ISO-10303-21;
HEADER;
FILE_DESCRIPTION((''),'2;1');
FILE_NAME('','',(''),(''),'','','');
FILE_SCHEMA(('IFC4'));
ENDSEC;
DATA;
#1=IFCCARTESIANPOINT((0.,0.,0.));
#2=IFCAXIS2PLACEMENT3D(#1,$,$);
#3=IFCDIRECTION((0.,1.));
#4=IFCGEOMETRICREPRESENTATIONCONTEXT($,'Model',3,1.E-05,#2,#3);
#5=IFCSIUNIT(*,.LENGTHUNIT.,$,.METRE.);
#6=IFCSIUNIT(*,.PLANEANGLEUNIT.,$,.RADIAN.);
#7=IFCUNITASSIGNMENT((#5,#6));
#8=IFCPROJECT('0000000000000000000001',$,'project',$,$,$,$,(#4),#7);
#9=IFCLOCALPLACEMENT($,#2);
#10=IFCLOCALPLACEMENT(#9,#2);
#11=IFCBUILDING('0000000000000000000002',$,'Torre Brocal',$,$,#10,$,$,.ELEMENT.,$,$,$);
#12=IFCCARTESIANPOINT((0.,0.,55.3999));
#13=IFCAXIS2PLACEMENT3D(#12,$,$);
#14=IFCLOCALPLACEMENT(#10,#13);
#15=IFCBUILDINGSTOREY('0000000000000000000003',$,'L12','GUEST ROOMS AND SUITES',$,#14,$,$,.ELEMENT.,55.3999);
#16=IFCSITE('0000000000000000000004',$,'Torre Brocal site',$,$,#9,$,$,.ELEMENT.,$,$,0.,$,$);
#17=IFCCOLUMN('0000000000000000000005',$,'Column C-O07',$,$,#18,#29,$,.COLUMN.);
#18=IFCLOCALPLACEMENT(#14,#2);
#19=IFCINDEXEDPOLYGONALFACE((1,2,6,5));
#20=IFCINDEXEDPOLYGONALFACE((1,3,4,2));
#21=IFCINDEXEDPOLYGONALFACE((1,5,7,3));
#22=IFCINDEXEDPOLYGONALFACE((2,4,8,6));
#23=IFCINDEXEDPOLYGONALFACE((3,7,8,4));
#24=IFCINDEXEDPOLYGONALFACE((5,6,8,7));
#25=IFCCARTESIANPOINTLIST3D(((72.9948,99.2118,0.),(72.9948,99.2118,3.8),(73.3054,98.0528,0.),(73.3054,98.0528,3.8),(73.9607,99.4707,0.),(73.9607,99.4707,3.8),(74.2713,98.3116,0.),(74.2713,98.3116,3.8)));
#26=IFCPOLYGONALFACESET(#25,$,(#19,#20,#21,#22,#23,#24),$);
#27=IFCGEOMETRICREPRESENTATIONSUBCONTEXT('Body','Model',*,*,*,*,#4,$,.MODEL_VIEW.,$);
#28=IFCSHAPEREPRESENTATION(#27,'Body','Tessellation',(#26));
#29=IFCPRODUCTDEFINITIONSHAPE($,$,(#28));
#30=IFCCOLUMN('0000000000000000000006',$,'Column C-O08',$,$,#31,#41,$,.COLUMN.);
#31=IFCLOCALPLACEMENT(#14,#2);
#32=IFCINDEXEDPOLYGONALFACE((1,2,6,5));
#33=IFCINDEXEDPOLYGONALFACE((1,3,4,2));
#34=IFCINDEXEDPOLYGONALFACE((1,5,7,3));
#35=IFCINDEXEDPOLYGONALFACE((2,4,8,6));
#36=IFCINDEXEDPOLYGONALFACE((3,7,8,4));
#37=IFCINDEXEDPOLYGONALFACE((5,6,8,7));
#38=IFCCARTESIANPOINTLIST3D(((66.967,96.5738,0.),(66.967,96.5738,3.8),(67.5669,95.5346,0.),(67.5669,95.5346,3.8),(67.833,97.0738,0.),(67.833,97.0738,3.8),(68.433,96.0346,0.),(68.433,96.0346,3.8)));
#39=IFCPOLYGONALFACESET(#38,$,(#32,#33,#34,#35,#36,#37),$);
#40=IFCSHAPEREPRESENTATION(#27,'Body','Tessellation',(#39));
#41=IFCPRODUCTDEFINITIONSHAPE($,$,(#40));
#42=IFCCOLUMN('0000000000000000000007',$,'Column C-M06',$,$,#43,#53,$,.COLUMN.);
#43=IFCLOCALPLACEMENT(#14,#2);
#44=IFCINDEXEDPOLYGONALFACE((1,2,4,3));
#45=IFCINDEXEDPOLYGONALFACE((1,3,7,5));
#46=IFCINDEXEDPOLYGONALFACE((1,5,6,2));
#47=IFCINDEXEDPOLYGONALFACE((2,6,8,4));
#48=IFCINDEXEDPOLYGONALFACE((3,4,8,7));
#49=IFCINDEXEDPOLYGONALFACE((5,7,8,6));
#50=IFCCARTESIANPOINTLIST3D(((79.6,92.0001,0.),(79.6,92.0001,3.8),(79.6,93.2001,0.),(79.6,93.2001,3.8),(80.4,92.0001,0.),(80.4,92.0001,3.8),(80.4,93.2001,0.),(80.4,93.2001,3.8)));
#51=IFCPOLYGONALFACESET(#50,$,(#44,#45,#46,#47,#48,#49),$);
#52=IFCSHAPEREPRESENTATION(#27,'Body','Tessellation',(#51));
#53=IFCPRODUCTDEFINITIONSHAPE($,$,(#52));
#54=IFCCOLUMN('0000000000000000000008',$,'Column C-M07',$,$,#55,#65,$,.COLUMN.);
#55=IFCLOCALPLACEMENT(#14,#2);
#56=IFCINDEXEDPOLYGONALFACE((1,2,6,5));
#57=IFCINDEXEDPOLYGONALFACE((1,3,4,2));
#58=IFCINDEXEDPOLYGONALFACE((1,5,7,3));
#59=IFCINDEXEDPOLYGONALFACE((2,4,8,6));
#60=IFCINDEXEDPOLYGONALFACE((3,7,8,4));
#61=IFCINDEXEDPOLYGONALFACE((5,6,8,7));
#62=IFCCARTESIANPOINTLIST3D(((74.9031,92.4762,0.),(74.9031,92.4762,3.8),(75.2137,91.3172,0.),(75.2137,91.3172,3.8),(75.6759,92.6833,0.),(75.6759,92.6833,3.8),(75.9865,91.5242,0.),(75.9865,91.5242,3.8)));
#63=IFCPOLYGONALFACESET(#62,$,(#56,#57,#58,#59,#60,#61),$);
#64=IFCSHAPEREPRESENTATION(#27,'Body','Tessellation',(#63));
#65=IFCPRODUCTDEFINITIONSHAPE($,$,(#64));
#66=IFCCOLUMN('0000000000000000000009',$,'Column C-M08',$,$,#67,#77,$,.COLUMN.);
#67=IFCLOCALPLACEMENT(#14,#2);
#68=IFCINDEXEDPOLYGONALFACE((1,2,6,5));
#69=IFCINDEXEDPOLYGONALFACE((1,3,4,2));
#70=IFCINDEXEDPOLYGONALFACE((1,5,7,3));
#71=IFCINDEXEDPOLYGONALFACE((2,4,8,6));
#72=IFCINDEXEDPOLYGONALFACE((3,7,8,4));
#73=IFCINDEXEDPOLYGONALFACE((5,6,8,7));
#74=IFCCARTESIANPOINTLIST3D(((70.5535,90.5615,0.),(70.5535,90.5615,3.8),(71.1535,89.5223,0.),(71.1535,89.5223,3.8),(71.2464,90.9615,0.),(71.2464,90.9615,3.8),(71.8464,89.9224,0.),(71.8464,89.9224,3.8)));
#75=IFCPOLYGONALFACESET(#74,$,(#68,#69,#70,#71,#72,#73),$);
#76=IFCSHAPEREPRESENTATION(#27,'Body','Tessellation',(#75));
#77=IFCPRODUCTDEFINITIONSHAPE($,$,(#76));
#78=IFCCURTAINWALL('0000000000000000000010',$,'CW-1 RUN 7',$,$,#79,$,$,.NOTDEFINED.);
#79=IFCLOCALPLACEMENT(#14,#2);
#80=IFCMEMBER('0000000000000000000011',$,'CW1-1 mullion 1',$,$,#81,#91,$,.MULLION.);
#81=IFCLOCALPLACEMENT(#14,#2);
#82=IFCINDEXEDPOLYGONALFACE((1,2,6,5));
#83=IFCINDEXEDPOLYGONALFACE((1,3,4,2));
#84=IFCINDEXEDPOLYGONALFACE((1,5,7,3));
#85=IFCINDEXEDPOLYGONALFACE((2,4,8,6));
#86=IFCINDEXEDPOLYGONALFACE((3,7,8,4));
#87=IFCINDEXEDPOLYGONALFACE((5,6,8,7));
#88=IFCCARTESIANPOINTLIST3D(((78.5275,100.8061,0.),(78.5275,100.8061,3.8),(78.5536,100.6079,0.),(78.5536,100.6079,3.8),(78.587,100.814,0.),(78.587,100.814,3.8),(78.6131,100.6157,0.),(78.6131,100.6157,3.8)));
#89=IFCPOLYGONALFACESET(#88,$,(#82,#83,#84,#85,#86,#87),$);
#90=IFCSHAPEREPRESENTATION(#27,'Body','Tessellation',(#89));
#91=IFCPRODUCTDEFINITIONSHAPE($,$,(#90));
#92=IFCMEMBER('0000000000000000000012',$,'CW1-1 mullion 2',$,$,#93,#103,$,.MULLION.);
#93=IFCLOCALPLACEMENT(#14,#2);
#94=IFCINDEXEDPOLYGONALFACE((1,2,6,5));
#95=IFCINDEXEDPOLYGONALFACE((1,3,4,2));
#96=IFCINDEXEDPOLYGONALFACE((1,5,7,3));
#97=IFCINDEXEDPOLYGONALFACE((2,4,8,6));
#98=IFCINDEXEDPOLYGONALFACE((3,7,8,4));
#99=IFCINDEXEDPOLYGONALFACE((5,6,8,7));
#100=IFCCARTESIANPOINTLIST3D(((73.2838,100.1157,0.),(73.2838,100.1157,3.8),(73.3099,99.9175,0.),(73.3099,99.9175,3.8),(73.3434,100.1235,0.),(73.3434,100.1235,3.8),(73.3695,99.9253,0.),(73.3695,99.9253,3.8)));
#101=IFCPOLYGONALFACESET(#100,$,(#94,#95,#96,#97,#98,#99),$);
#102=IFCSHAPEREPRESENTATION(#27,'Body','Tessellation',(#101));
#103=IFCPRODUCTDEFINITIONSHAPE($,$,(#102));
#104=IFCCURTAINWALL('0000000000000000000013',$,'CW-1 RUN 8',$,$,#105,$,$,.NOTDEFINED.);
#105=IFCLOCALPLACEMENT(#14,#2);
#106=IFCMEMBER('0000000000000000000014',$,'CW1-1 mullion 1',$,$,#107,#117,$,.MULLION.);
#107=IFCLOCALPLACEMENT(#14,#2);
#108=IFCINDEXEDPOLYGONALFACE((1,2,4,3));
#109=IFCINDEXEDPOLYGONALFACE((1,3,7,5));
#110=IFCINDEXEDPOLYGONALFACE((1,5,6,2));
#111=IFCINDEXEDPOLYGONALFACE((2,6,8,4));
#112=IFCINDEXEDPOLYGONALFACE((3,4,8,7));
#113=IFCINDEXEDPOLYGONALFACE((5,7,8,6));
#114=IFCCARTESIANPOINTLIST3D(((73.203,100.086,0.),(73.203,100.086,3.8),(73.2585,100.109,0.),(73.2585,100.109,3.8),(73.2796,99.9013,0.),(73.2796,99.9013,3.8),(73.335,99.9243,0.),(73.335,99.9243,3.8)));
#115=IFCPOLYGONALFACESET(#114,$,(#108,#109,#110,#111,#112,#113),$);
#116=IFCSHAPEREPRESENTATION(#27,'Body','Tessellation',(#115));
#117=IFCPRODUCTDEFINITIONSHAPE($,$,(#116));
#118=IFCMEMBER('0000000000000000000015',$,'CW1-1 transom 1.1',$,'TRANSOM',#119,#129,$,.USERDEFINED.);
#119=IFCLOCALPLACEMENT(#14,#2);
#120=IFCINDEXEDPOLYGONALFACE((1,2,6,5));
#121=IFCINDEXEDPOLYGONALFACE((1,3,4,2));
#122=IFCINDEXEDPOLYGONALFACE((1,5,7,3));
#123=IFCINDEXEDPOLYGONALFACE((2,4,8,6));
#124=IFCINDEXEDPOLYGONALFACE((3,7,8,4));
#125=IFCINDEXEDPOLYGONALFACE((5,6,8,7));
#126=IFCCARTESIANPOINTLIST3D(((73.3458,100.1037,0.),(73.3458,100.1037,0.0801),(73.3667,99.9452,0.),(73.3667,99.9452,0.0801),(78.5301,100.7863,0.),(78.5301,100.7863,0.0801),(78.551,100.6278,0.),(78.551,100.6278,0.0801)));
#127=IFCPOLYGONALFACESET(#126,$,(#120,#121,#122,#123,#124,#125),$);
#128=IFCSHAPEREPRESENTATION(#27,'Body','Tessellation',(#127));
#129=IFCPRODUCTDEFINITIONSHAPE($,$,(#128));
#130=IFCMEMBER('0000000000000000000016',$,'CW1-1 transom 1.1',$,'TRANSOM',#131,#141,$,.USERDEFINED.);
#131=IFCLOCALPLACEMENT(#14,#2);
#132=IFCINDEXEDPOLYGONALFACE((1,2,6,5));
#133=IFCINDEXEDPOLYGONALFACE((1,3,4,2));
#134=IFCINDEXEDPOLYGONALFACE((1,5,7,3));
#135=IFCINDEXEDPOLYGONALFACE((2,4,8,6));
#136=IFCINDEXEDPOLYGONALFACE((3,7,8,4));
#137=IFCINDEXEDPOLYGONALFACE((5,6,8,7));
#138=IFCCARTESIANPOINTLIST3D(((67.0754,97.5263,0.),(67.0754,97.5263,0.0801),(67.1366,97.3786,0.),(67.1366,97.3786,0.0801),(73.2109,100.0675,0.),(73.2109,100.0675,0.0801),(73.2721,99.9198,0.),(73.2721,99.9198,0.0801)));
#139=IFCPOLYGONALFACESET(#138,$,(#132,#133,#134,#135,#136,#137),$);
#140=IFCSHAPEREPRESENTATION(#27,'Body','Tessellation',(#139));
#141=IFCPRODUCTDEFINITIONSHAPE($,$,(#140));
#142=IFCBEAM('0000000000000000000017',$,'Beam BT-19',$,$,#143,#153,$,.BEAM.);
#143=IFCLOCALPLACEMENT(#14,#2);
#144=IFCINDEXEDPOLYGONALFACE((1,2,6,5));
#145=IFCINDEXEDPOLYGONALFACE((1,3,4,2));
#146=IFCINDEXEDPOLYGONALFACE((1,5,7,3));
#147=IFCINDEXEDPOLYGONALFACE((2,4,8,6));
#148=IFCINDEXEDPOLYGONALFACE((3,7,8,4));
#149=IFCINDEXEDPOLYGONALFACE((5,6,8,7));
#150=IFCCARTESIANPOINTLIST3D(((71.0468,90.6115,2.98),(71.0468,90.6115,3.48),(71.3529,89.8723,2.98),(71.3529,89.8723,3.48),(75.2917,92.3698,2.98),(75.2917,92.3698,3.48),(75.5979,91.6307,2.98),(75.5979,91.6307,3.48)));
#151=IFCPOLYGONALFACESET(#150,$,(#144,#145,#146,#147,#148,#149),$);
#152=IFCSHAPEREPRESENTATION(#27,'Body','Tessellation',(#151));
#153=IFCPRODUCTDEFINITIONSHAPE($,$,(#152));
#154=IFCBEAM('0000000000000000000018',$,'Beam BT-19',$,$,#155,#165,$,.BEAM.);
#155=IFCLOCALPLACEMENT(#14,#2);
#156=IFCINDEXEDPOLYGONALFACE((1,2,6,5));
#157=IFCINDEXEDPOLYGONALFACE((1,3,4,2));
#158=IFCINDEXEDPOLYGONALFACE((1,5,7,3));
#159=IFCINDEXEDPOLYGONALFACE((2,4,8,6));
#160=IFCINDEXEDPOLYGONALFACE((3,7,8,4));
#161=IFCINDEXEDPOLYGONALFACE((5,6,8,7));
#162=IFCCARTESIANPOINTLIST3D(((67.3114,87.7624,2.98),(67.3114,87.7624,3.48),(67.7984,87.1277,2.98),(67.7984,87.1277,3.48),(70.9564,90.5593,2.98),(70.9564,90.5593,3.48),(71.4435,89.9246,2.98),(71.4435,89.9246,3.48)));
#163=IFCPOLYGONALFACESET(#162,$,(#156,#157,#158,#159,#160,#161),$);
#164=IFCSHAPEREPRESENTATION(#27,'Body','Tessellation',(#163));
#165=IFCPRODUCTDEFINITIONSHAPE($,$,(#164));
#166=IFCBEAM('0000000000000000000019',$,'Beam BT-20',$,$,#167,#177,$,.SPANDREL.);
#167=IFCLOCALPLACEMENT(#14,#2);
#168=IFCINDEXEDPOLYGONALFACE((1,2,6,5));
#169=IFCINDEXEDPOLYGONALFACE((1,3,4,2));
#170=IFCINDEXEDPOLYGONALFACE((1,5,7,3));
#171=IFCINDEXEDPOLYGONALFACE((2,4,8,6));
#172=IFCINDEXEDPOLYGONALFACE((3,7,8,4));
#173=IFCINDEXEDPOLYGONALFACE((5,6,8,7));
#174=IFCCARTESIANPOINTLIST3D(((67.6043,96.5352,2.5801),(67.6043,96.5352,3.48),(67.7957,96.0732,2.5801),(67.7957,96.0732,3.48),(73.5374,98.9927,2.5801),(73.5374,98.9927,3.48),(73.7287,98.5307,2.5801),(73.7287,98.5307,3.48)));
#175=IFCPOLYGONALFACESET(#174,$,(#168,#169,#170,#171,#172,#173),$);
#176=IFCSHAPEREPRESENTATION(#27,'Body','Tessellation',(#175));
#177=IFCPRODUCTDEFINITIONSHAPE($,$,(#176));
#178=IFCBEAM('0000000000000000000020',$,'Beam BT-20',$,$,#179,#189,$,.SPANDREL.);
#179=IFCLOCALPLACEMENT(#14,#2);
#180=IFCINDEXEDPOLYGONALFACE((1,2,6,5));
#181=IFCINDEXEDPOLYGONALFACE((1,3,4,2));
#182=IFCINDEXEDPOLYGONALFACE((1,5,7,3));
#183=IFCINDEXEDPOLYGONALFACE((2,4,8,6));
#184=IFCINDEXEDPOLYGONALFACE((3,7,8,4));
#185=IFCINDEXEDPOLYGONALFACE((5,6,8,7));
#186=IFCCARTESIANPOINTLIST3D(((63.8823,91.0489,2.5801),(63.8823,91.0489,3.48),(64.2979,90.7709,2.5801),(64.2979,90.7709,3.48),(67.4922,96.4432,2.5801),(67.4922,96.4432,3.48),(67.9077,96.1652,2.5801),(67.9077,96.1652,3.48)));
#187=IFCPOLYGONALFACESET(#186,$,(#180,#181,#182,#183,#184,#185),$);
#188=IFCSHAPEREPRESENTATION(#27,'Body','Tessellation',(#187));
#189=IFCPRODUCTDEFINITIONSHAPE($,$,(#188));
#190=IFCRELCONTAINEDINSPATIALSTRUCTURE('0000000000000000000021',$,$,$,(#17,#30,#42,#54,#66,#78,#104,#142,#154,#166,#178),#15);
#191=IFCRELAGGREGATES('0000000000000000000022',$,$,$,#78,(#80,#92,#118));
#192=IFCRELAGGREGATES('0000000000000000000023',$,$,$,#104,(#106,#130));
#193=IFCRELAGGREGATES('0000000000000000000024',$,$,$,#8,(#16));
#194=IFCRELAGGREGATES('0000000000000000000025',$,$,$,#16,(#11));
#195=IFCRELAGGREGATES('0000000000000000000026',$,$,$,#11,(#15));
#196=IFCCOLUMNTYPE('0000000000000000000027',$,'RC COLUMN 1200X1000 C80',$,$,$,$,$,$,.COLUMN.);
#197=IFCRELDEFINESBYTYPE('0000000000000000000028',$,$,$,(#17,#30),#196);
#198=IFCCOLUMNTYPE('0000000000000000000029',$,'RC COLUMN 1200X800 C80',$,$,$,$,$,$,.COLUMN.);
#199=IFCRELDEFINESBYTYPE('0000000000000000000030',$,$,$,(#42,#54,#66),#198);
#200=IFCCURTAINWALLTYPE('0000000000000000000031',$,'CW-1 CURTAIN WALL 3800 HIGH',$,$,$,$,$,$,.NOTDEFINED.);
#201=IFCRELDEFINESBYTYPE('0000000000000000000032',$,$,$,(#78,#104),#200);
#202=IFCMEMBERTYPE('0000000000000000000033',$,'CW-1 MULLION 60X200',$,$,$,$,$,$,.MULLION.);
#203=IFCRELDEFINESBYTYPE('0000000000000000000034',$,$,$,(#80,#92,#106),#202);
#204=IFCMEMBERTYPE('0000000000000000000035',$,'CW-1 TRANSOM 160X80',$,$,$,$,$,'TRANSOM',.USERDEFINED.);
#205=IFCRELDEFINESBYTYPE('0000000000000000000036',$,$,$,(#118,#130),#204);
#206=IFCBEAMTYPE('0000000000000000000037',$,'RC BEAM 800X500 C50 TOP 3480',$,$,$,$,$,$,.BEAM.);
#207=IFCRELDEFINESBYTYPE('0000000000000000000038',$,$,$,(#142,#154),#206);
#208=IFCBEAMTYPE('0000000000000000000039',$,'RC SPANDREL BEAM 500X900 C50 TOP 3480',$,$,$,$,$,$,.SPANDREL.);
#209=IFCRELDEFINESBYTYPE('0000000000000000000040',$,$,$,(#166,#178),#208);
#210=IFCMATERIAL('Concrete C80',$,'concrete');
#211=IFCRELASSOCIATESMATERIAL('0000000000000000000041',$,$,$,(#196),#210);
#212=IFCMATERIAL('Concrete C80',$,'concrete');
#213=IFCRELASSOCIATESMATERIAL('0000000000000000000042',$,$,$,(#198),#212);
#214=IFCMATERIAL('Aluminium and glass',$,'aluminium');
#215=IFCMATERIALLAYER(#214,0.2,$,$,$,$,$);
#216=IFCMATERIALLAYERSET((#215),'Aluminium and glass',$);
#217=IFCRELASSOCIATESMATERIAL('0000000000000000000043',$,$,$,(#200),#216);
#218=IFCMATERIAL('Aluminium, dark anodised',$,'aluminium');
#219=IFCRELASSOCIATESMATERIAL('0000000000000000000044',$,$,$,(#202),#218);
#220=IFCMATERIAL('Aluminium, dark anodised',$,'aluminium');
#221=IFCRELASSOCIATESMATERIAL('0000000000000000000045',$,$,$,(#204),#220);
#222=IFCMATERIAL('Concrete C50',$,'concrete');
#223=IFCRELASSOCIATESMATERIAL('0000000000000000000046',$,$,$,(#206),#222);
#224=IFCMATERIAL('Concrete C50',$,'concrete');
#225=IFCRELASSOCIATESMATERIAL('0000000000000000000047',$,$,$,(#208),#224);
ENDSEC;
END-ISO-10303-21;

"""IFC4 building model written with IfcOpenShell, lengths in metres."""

from ifc_helpers import new_model, si_unit, direction, frame, origin, origin_2d, place, context, subcontext, project, spatial, rectangle, extrude, material, layer, layer_set, material_profile, profile_set, type_object, element, aggregate, save


model = new_model("IFC4")

# Units and contexts
model_context = context("Model", 3, precision=1e-05, world=origin(), true_north=direction((0.0, 1.0)))
body_context = subcontext(model_context, "Body", "Model", "MODEL_VIEW")
ifc_project = project(units=[si_unit("LENGTHUNIT", "METRE"), si_unit("PLANEANGLEUNIT", "RADIAN")], contexts=[model_context])

# Site, building, storey
site_placement = place(None, origin())
site = spatial("IfcSite", under=ifc_project, at=site_placement, Name="Torre Brocal site", CompositionType="ELEMENT", RefElevation=0.0)
building_placement = place(site_placement, origin())
building = spatial("IfcBuilding", under=site, at=building_placement, Name="Torre Brocal", CompositionType="ELEMENT")
storey_placement = place(building_placement, frame((0.0, 0.0, 55.3999)))
storey = spatial("IfcBuildingStorey", under=building, at=storey_placement, Name="L12", Description="GUEST ROOMS AND SUITES", CompositionType="ELEMENT", Elevation=55.3999)

# Columns
ifc_material_1 = material(Name="Concrete C80", Category="concrete")
ifc_material_profile_1 = material_profile(ifc_material_1, rectangle(XDim=1.2, YDim=1.0, at=origin_2d()), Name="RC 1200X1000")
ifc_profile_set_1 = profile_set([ifc_material_profile_1], Name="Concrete C80")
column_type_1 = type_object("IfcColumnType", Name="RC COLUMN 1200X1000 C80", PredefinedType="COLUMN", material=ifc_profile_set_1)
for number, where, z_axis, x_axis, name in (
    (1, (73.6331, 98.7617, 0.0), (0.0, 0.0, 1.0), (-0.258819, 0.965926, 0.0), "Column C-O07"),
    (2, (67.7, 96.3042, 0.0), (0.0, 0.0, 1.0), (-0.5, 0.866025, 0.0), "Column C-O08"),
):
    element("IfcColumn", number, at=place(storey_placement, frame(where, z_axis=z_axis, x_axis=x_axis)), inside=storey, type_object=column_type_1, Name=name, PredefinedType="COLUMN", context=body_context, shape_type="SweptSolid", body=[
        extrude(rectangle(XDim=1.2, YDim=1.0, at=origin_2d()), origin(), (0.0, 0.0, 1.0), 3.8),
    ])
ifc_material_2 = material(Name="Concrete C80", Category="concrete")
ifc_material_profile_2 = material_profile(ifc_material_2, rectangle(XDim=1.2, YDim=0.8, at=origin_2d()), Name="RC 1200X800")
ifc_profile_set_2 = profile_set([ifc_material_profile_2], Name="Concrete C80")
column_type_2 = type_object("IfcColumnType", Name="RC COLUMN 1200X800 C80", PredefinedType="COLUMN", material=ifc_profile_set_2)
for number, where, z_axis, x_axis, name in (
    (3, (80.0, 92.6001, 0.0), (0.0, 0.0, 1.0), (0.0, 1.0, 0.0), "Column C-M06"),
    (4, (75.4448, 92.0002, 0.0), (0.0, 0.0, 1.0), (-0.258819, 0.965926, 0.0), "Column C-M07"),
    (5, (71.2, 90.2419, 0.0), (0.0, 0.0, 1.0), (-0.5, 0.866025, 0.0), "Column C-M08"),
):
    element("IfcColumn", number, at=place(storey_placement, frame(where, z_axis=z_axis, x_axis=x_axis)), inside=storey, type_object=column_type_2, Name=name, PredefinedType="COLUMN", context=body_context, shape_type="SweptSolid", body=[
        extrude(rectangle(XDim=1.2, YDim=0.8, at=origin_2d()), origin(), (0.0, 0.0, 1.0), 3.8),
    ])

# Curtain wall, members
ifc_material_3 = material(Name="Aluminium and glass", Category="aluminium")
ifc_layer_1 = layer(ifc_material_3, 0.2)
ifc_layer_set_1 = layer_set([ifc_layer_1], Name="Aluminium and glass")
curtain_wall_type = type_object("IfcCurtainWallType", Name="CW-1 CURTAIN WALL 3800 HIGH", PredefinedType="NOTDEFINED", material=ifc_layer_set_1)
curtain_wall_1_placement = place(storey_placement, origin())
curtain_wall_1 = element("IfcCurtainWall", 6, at=curtain_wall_1_placement, inside=storey, type_object=curtain_wall_type, Name="CW-1 RUN 7", PredefinedType="NOTDEFINED")
ifc_material_4 = material(Name="Aluminium, dark anodised", Category="aluminium")
ifc_material_profile_3 = material_profile(ifc_material_4, rectangle(XDim=0.2, YDim=0.0601, at=origin_2d()), Name="CW-1 MULLION 60X200")
ifc_profile_set_3 = profile_set([ifc_material_profile_3], Name="Aluminium, dark anodised")
member_type_1 = type_object("IfcMemberType", Name="CW-1 MULLION 60X200", PredefinedType="MULLION", material=ifc_profile_set_3)
member_1_placement = place(storey_placement, frame((78.5703, 100.7109, 0.0), z_axis=(0.0, 0.0, 1.0), x_axis=(0.130526, -0.991445, 0.0)))
member_1 = element("IfcMember", 7, at=member_1_placement, type_object=member_type_1, Name="CW1-1 mullion 1", PredefinedType="MULLION", context=body_context, shape_type="SweptSolid", body=[
    extrude(rectangle(XDim=0.2, YDim=0.0601, at=origin_2d()), origin(), (0.0, 0.0, 1.0), 3.8),
])
member_2_placement = place(storey_placement, frame((73.3267, 100.0205, 0.0), z_axis=(0.0, 0.0, 1.0), x_axis=(0.130526, -0.991445, 0.0)))
member_2 = element("IfcMember", 8, at=member_2_placement, type_object=member_type_1, Name="CW1-1 mullion 2", PredefinedType="MULLION", context=body_context, shape_type="SweptSolid", body=[
    extrude(rectangle(XDim=0.2, YDim=0.0601, at=origin_2d()), origin(), (0.0, 0.0, 1.0), 3.8),
])

# Curtain wall, member
curtain_wall_2_placement = place(storey_placement, origin())
curtain_wall_2 = element("IfcCurtainWall", 9, at=curtain_wall_2_placement, inside=storey, type_object=curtain_wall_type, Name="CW-1 RUN 8", PredefinedType="NOTDEFINED")
member_3_placement = place(storey_placement, frame((73.269, 100.0051, 0.0), z_axis=(0.0, 0.0, 1.0), x_axis=(0.382683, -0.92388, 0.0)))
member_3 = element("IfcMember", 10, at=member_3_placement, type_object=member_type_1, Name="CW1-1 mullion 1", PredefinedType="MULLION", context=body_context, shape_type="SweptSolid", body=[
    extrude(rectangle(XDim=0.2, YDim=0.0601, at=origin_2d()), origin(), (0.0, 0.0, 1.0), 3.8),
])

# Members
ifc_material_5 = material(Name="Aluminium, dark anodised", Category="aluminium")
ifc_material_profile_4 = material_profile(ifc_material_5, rectangle(XDim=0.1599, YDim=0.0801, at=origin_2d()), Name="CW-1 TRANSOM 160X80")
ifc_profile_set_4 = profile_set([ifc_material_profile_4], Name="Aluminium, dark anodised")
member_type_2 = type_object("IfcMemberType", Name="CW-1 TRANSOM 160X80", ElementType="TRANSOM", PredefinedType="USERDEFINED", material=ifc_profile_set_4)
member_4_placement = place(storey_placement, frame((78.5405, 100.707, 0.04), z_axis=(-0.991443, -0.130543, 0.0), x_axis=(0.130543, -0.991443, 0.0)))
member_4 = element("IfcMember", 11, at=member_4_placement, type_object=member_type_2, Name="CW1-1 transom 1.1", ObjectType="TRANSOM", PredefinedType="USERDEFINED", context=body_context, shape_type="SweptSolid", body=[
    extrude(rectangle(XDim=0.1599, YDim=0.0801, at=origin_2d()), origin(), (0.0, 0.0, 1.0), 5.229),
])
member_5_placement = place(storey_placement, frame((73.2415, 99.9937, 0.04), z_axis=(-0.923887, -0.382665, 0.0), x_axis=(0.382665, -0.923887, 0.0)))
member_5 = element("IfcMember", 12, at=member_5_placement, type_object=member_type_2, Name="CW1-1 transom 1.1", ObjectType="TRANSOM", PredefinedType="USERDEFINED", context=body_context, shape_type="SweptSolid", body=[
    extrude(rectangle(XDim=0.1599, YDim=0.0801, at=origin_2d()), origin(), (0.0, 0.0, 1.0), 6.6409),
])

# Beams
ifc_material_6 = material(Name="Concrete C50", Category="concrete")
ifc_material_profile_5 = material_profile(ifc_material_6, rectangle(XDim=0.8, YDim=0.5, at=origin_2d()), Name="RC 800X500")
ifc_profile_set_5 = profile_set([ifc_material_profile_5], Name="Concrete C50")
beam_type_1 = type_object("IfcBeamType", Name="RC BEAM 800X500 C50 TOP 3480", PredefinedType="BEAM", material=ifc_profile_set_5)
beam_1_placement = place(storey_placement, frame((75.4448, 92.0002, 3.23), z_axis=(-0.923878, -0.382687, 0.0), x_axis=(0.382687, -0.923878, 0.0)))
element("IfcBeam", 13, at=beam_1_placement, inside=storey, type_object=beam_type_1, Name="Beam BT-19", PredefinedType="BEAM", context=body_context, shape_type="SweptSolid", body=[
    extrude(rectangle(XDim=0.8, YDim=0.5, at=origin_2d()), origin(), (0.0, 0.0, 1.0), 4.5947),
])
beam_2_placement = place(storey_placement, frame((71.2, 90.2419, 3.23), z_axis=(-0.793358, -0.608755, 0.0), x_axis=(0.608755, -0.793358, 0.0)))
element("IfcBeam", 14, at=beam_2_placement, inside=storey, type_object=beam_type_1, Name="Beam BT-19", PredefinedType="BEAM", context=body_context, shape_type="SweptSolid", body=[
    extrude(rectangle(XDim=0.8, YDim=0.5, at=origin_2d()), origin(), (0.0, 0.0, 1.0), 4.5945),
])
ifc_material_7 = material(Name="Concrete C50", Category="concrete")
ifc_material_profile_6 = material_profile(ifc_material_7, rectangle(XDim=0.5, YDim=0.8999, at=origin_2d()), Name="RC 500X900")
ifc_profile_set_6 = profile_set([ifc_material_profile_6], Name="Concrete C50")
beam_type_2 = type_object("IfcBeamType", Name="RC SPANDREL BEAM 500X900 C50 TOP 3480", PredefinedType="SPANDREL", material=ifc_profile_set_6)
beam_3_placement = place(storey_placement, frame((73.6331, 98.7617, 3.03), z_axis=(-0.923882, -0.382676, 0.0), x_axis=(0.382676, -0.923882, 0.0)))
element("IfcBeam", 15, at=beam_3_placement, inside=storey, type_object=beam_type_2, Name="Beam BT-20", PredefinedType="SPANDREL", context=body_context, shape_type="SweptSolid", body=[
    extrude(rectangle(XDim=0.5, YDim=0.8999, at=origin_2d()), origin(), (0.0, 0.0, 1.0), 6.4219),
])
beam_4_placement = place(storey_placement, frame((67.7, 96.3042, 3.03), z_axis=(-0.556158, -0.831077, 0.0), x_axis=(0.831077, -0.556158, 0.0)))
element("IfcBeam", 16, at=beam_4_placement, inside=storey, type_object=beam_type_2, Name="Beam BT-20", PredefinedType="SPANDREL", context=body_context, shape_type="SweptSolid", body=[
    extrude(rectangle(XDim=0.5, YDim=0.8999, at=origin_2d()), origin(), (0.0, 0.0, 1.0), 6.4907),
])

aggregate(curtain_wall_1, [member_1, member_2, member_4])
aggregate(curtain_wall_2, [member_3, member_5])

save(model, "model.ifc")
